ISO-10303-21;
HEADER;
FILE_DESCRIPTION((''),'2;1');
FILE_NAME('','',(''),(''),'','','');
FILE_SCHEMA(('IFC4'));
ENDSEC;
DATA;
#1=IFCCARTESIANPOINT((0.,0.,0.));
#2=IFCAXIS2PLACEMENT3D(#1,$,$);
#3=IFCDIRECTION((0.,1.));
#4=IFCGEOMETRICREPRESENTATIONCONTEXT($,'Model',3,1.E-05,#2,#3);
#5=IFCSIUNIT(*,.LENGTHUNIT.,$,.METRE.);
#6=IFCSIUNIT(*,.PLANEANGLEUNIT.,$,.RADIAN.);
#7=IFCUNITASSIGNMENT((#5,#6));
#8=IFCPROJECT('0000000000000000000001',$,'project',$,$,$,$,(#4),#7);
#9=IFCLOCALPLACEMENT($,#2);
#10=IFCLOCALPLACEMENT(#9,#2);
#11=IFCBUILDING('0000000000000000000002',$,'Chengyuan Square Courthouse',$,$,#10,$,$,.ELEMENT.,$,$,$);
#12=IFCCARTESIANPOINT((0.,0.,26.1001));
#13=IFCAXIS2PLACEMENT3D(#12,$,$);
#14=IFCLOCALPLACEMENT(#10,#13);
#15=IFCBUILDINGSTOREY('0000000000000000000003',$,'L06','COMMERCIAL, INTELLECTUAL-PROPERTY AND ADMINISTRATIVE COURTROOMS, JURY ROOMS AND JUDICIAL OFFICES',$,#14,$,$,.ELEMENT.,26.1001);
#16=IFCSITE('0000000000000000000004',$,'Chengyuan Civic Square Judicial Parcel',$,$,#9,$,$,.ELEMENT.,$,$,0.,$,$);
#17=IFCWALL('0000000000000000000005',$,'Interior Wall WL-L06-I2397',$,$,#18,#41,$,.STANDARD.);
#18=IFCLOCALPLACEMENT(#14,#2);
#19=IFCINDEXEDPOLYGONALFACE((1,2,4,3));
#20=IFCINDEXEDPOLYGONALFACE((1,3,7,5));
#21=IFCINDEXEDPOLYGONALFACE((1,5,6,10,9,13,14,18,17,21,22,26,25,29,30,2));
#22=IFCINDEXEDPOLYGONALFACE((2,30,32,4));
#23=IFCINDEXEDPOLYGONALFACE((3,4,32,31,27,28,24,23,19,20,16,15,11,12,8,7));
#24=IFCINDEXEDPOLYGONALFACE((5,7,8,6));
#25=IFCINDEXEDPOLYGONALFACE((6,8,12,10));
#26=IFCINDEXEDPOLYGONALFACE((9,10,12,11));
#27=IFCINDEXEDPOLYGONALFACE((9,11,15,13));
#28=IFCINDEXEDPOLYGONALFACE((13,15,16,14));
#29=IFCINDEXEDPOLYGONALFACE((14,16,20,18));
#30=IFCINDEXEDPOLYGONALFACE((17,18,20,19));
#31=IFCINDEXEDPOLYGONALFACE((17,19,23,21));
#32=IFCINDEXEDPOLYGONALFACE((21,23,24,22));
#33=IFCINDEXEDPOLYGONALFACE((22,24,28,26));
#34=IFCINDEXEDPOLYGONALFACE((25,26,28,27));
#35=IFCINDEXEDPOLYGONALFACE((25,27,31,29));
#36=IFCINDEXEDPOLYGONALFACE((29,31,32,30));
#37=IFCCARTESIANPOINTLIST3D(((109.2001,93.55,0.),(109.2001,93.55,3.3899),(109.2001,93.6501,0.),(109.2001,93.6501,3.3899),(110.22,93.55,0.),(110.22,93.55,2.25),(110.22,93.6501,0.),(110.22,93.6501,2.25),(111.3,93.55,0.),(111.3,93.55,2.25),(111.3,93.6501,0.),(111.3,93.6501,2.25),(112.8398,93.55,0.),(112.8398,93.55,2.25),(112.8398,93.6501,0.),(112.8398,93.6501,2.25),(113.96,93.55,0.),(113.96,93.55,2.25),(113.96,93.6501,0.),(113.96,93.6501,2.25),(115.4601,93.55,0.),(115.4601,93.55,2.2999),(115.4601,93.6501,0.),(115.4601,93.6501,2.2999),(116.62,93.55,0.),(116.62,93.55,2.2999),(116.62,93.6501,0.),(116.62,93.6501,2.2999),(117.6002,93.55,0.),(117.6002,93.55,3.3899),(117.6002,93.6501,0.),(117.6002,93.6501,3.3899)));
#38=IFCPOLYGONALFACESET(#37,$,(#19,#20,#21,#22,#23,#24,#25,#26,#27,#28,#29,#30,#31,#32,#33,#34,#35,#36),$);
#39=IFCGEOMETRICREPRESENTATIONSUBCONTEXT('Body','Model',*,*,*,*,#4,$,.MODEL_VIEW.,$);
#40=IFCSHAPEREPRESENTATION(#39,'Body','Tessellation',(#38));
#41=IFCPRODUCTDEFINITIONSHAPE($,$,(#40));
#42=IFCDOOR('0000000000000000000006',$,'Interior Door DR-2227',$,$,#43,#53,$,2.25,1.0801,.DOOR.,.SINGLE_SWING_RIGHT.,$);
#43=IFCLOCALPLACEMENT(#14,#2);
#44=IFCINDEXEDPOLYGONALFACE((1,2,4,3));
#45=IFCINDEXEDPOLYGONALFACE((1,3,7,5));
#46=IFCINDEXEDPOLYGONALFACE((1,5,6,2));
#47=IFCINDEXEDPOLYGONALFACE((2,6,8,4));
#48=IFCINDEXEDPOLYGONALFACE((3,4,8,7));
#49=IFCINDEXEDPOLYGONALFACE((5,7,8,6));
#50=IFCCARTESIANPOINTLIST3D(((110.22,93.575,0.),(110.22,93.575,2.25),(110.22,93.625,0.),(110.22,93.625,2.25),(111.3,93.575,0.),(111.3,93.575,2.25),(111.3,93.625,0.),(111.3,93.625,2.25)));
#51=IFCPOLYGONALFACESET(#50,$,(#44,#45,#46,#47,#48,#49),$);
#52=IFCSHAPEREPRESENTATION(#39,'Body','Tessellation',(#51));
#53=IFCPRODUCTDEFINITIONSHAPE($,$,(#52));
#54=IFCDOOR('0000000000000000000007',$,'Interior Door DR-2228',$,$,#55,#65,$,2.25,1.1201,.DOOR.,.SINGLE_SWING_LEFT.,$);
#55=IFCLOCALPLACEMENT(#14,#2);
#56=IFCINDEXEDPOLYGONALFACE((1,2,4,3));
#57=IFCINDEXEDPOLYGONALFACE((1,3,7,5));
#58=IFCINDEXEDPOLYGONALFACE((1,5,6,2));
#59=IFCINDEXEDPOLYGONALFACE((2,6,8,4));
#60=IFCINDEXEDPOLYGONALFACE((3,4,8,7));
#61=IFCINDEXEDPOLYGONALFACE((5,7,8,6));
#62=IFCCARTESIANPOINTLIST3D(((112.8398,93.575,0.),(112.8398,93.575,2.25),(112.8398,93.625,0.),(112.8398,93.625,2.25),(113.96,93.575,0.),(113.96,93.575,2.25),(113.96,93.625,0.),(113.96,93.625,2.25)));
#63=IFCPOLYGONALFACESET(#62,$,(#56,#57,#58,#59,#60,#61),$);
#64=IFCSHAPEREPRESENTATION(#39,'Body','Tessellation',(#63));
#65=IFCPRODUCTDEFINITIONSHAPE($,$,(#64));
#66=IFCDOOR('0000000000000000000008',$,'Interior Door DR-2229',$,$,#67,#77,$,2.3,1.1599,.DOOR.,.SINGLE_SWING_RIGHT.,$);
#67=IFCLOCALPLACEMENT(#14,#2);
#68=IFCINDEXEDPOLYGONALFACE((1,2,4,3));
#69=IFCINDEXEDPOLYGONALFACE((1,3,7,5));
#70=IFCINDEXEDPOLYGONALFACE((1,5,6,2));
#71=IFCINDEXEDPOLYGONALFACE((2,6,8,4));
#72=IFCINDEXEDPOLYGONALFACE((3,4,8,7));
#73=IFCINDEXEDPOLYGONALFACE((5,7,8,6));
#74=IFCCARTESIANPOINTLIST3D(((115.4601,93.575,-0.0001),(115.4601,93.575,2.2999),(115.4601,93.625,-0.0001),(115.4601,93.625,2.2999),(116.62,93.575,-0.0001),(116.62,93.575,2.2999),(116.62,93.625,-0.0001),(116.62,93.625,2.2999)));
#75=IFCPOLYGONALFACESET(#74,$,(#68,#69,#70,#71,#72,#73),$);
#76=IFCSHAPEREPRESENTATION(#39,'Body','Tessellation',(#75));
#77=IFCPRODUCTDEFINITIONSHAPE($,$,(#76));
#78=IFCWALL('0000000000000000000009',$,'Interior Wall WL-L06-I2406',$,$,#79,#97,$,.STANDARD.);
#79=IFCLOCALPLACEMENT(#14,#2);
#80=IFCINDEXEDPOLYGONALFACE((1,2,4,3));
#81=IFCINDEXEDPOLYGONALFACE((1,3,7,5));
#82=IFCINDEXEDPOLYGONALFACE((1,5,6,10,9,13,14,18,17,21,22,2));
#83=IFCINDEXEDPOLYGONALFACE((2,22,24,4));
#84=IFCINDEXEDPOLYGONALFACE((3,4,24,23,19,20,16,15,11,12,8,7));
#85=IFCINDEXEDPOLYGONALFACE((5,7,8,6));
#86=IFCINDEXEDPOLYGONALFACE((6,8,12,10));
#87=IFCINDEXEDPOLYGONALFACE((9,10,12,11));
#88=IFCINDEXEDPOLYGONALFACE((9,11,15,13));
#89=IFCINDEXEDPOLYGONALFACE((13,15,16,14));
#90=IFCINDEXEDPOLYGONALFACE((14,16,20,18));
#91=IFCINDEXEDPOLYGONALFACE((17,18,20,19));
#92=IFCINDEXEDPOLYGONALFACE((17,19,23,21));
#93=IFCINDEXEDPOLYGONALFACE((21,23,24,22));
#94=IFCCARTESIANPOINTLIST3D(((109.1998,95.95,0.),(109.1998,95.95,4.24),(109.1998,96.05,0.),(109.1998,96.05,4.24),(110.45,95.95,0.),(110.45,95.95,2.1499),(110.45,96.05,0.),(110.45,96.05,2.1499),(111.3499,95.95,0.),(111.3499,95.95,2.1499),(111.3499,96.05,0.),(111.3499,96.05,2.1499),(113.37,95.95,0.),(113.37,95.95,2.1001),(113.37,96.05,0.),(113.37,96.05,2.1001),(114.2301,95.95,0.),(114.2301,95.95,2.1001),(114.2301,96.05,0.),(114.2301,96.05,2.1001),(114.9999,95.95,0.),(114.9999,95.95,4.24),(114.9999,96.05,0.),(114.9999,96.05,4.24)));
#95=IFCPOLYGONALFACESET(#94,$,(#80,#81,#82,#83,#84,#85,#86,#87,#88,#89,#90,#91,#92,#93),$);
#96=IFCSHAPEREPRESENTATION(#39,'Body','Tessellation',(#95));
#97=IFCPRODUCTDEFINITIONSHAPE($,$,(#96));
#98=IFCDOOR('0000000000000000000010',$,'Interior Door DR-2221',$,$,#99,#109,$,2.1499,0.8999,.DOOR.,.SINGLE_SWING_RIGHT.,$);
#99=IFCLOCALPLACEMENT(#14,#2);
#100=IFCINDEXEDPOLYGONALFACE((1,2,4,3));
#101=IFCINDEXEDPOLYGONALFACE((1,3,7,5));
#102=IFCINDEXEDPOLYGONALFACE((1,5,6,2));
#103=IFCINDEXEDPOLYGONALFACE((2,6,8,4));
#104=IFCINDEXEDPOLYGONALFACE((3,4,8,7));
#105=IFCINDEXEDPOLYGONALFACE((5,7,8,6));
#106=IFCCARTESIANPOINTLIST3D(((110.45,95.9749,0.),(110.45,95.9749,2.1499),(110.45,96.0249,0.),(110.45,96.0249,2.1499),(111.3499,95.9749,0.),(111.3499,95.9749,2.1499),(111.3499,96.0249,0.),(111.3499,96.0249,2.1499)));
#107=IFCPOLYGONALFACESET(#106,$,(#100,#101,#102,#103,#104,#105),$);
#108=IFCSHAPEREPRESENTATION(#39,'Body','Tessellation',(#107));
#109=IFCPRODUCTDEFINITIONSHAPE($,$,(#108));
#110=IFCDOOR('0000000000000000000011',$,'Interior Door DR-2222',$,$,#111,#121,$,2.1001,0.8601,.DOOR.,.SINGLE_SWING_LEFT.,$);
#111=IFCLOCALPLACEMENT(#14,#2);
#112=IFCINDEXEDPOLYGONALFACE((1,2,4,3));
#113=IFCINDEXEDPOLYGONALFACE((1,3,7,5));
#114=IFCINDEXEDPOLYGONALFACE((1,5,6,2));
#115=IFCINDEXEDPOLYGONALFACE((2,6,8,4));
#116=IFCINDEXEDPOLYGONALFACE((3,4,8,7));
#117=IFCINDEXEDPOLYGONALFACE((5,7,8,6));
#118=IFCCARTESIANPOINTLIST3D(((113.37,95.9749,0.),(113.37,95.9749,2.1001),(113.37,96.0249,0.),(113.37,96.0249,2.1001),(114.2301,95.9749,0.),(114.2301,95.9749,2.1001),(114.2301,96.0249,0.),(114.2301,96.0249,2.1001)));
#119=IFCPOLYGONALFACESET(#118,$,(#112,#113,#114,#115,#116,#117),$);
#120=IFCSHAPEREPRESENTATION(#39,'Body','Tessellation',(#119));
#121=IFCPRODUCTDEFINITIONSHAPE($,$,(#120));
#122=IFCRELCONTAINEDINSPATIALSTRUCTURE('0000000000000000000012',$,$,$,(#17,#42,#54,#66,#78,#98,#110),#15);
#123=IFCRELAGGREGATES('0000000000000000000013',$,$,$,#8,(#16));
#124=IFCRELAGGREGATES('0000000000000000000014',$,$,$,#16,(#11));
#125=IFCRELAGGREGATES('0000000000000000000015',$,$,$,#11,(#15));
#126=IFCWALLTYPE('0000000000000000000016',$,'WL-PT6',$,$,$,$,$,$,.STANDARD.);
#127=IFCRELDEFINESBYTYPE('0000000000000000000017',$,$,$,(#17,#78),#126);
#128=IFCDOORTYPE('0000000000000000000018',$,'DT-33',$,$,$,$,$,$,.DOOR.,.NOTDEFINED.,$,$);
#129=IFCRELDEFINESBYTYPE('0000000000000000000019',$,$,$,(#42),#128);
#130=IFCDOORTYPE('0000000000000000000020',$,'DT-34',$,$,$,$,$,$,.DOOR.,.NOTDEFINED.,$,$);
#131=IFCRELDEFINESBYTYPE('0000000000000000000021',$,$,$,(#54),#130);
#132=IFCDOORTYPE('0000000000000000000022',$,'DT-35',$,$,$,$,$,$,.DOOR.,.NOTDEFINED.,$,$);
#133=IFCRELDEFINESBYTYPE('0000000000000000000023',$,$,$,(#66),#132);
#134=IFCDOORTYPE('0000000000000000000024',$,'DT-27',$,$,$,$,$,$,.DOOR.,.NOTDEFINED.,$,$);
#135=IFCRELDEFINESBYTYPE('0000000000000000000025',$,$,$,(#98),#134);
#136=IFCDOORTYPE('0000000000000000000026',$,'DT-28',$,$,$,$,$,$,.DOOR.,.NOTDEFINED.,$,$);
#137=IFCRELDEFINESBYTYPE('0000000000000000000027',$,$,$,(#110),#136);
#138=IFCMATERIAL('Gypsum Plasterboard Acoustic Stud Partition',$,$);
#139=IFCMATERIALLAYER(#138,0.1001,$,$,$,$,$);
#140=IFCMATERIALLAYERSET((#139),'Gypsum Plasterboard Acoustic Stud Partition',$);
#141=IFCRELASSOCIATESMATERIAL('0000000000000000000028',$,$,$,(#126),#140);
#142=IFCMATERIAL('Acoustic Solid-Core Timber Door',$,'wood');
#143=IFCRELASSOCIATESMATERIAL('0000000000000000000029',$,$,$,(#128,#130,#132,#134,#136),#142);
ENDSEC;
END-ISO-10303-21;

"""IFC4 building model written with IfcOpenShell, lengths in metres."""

from ifc_helpers import new_model, si_unit, direction, frame, frame_2d, origin, place, context, subcontext, project, spatial, rectangle, extrude, material, layer, layer_set, type_object, element, fill, save


model = new_model("IFC4")

# Units and contexts
model_context = context("Model", 3, precision=1e-05, world=origin(), true_north=direction((0.0, 1.0)))
body_context = subcontext(model_context, "Body", "Model", "MODEL_VIEW")
ifc_project = project(units=[si_unit("LENGTHUNIT", "METRE"), si_unit("PLANEANGLEUNIT", "RADIAN")], contexts=[model_context])

# Site, building, storey
site_placement = place(None, origin())
site = spatial("IfcSite", under=ifc_project, at=site_placement, Name="Chengyuan Civic Square Judicial Parcel", CompositionType="ELEMENT", RefElevation=0.0)
building_placement = place(site_placement, origin())
building = spatial("IfcBuilding", under=site, at=building_placement, Name="Chengyuan Square Courthouse", CompositionType="ELEMENT")
storey_placement = place(building_placement, frame((0.0, 0.0, 26.1001)))
storey = spatial("IfcBuildingStorey", under=building, at=storey_placement, Name="L06", Description="COMMERCIAL, INTELLECTUAL-PROPERTY AND ADMINISTRATIVE COURTROOMS, JURY ROOMS AND JUDICIAL OFFICES", CompositionType="ELEMENT", Elevation=26.1001)

# Walls, openings, doors
ifc_material_1 = material(Name="Gypsum Plasterboard Acoustic Stud Partition")
ifc_layer_1 = layer(ifc_material_1, 0.1001)
ifc_layer_set_1 = layer_set([ifc_layer_1], Name="Gypsum Plasterboard Acoustic Stud Partition")
wall_type_1 = type_object("IfcWallType", Name="WL-PT6", PredefinedType="STANDARD", material=ifc_layer_set_1)
wall_1_placement = place(storey_placement, frame((109.2, 93.6001, 0.0), z_axis=(0.0, 0.0, 1.0), x_axis=(1.0, 0.0, 0.0)))
wall_1 = element("IfcWall", 1, at=wall_1_placement, inside=storey, type_object=wall_type_1, Name="Interior Wall WL-L06-I2397", PredefinedType="STANDARD", context=body_context, shape_type="SweptSolid", body=[
    extrude(rectangle(XDim=8.4001, YDim=0.1001, at=frame_2d((4.2002, 0.0))), origin(), (0.0, 0.0, 1.0), 3.3899),
])
opening_1_placement = place(wall_1_placement, frame((1.02, 0.0, 0.0)))
opening_1 = element("IfcOpeningElement", 2, at=opening_1_placement, cuts=wall_1, PredefinedType="OPENING", context=body_context, shape_type="SweptSolid", body=[
    extrude(rectangle(XDim=1.0801, YDim=2.25, at=frame_2d((0.54, 1.125))), frame((0.0, 0.062, 0.0), z_axis=(0.0, -1.0, 0.0), x_axis=(1.0, 0.0, 0.0)), (0.0, 0.0, 1.0), 0.124),
])
opening_2_placement = place(wall_1_placement, frame((3.6399, 0.0, 0.0)))
opening_2 = element("IfcOpeningElement", 3, at=opening_2_placement, cuts=wall_1, PredefinedType="OPENING", context=body_context, shape_type="SweptSolid", body=[
    extrude(rectangle(XDim=1.1201, YDim=2.25, at=frame_2d((0.5601, 1.125))), frame((0.0, 0.062, 0.0), z_axis=(0.0, -1.0, 0.0), x_axis=(1.0, 0.0, 0.0)), (0.0, 0.0, 1.0), 0.124),
])
opening_3_placement = place(wall_1_placement, frame((6.26, 0.0, 0.0)))
opening_3 = element("IfcOpeningElement", 4, at=opening_3_placement, cuts=wall_1, PredefinedType="OPENING", context=body_context, shape_type="SweptSolid", body=[
    extrude(rectangle(XDim=1.1599, YDim=2.3, at=frame_2d((0.5801, 1.1499))), frame((0.0, 0.062, 0.0), z_axis=(0.0, -1.0, 0.0), x_axis=(1.0, 0.0, 0.0)), (0.0, 0.0, 1.0), 0.124),
])
ifc_material_2 = material(Name="Acoustic Solid-Core Timber Door", Category="wood")
door_type_1 = type_object("IfcDoorType", Name="DT-33", OperationType="NOTDEFINED", PredefinedType="DOOR", material=ifc_material_2)
door_1_placement = place(opening_1_placement, origin())
door_1 = element("IfcDoor", 5, at=door_1_placement, inside=storey, type_object=door_type_1, Name="Interior Door DR-2227", OperationType="SINGLE_SWING_RIGHT", OverallHeight=2.25, OverallWidth=1.0801, PredefinedType="DOOR", context=body_context, shape_type="SweptSolid", body=[
    extrude(rectangle(XDim=1.0801, YDim=2.25, at=frame_2d((0.54, 1.125))), frame((0.0, 0.0249, 0.0), z_axis=(0.0, -1.0, 0.0), x_axis=(1.0, 0.0, 0.0)), (0.0, 0.0, 1.0), 0.05),
])
fill(opening_1, door_1)
door_type_2 = type_object("IfcDoorType", Name="DT-34", OperationType="NOTDEFINED", PredefinedType="DOOR", material=ifc_material_2)
door_2_placement = place(opening_2_placement, origin())
door_2 = element("IfcDoor", 6, at=door_2_placement, inside=storey, type_object=door_type_2, Name="Interior Door DR-2228", OperationType="SINGLE_SWING_LEFT", OverallHeight=2.25, OverallWidth=1.1201, PredefinedType="DOOR", context=body_context, shape_type="SweptSolid", body=[
    extrude(rectangle(XDim=1.1201, YDim=2.25, at=frame_2d((0.5601, 1.125))), frame((0.0, 0.0249, 0.0), z_axis=(0.0, -1.0, 0.0), x_axis=(1.0, 0.0, 0.0)), (0.0, 0.0, 1.0), 0.05),
])
fill(opening_2, door_2)
door_type_3 = type_object("IfcDoorType", Name="DT-35", OperationType="NOTDEFINED", PredefinedType="DOOR", material=ifc_material_2)
door_3_placement = place(opening_3_placement, origin())
door_3 = element("IfcDoor", 7, at=door_3_placement, inside=storey, type_object=door_type_3, Name="Interior Door DR-2229", OperationType="SINGLE_SWING_RIGHT", OverallHeight=2.3, OverallWidth=1.1599, PredefinedType="DOOR", context=body_context, shape_type="SweptSolid", body=[
    extrude(rectangle(XDim=1.1599, YDim=2.3, at=frame_2d((0.5801, 1.1499))), frame((0.0, 0.0249, 0.0), z_axis=(0.0, -1.0, 0.0), x_axis=(1.0, 0.0, 0.0)), (0.0, 0.0, 1.0), 0.05),
])
fill(opening_3, door_3)
wall_2_placement = place(storey_placement, frame((109.2, 96.0, 0.0), z_axis=(0.0, 0.0, 1.0), x_axis=(1.0, 0.0, 0.0)))
wall_2 = element("IfcWall", 8, at=wall_2_placement, inside=storey, type_object=wall_type_1, Name="Interior Wall WL-L06-I2406", PredefinedType="STANDARD", context=body_context, shape_type="SweptSolid", body=[
    extrude(rectangle(XDim=5.8, YDim=0.1001, at=frame_2d((2.8999, 0.0))), origin(), (0.0, 0.0, 1.0), 4.24),
])
opening_4_placement = place(wall_2_placement, frame((1.25, 0.0, 0.0)))
opening_4 = element("IfcOpeningElement", 9, at=opening_4_placement, cuts=wall_2, PredefinedType="OPENING", context=body_context, shape_type="SweptSolid", body=[
    extrude(rectangle(XDim=0.8999, YDim=2.1499, at=frame_2d((0.45, 1.075))), frame((0.0, 0.062, 0.0), z_axis=(0.0, -1.0, 0.0), x_axis=(1.0, 0.0, 0.0)), (0.0, 0.0, 1.0), 0.124),
])
opening_5_placement = place(wall_2_placement, frame((4.1699, 0.0, 0.0)))
opening_5 = element("IfcOpeningElement", 10, at=opening_5_placement, cuts=wall_2, PredefinedType="OPENING", context=body_context, shape_type="SweptSolid", body=[
    extrude(rectangle(XDim=0.8601, YDim=2.1001, at=frame_2d((0.4302, 1.05))), frame((0.0, 0.062, 0.0), z_axis=(0.0, -1.0, 0.0), x_axis=(1.0, 0.0, 0.0)), (0.0, 0.0, 1.0), 0.124),
])
door_type_4 = type_object("IfcDoorType", Name="DT-27", OperationType="NOTDEFINED", PredefinedType="DOOR", material=ifc_material_2)
door_4_placement = place(opening_4_placement, origin())
door_4 = element("IfcDoor", 11, at=door_4_placement, inside=storey, type_object=door_type_4, Name="Interior Door DR-2221", OperationType="SINGLE_SWING_RIGHT", OverallHeight=2.1499, OverallWidth=0.8999, PredefinedType="DOOR", context=body_context, shape_type="SweptSolid", body=[
    extrude(rectangle(XDim=0.8999, YDim=2.1499, at=frame_2d((0.45, 1.075))), frame((0.0, 0.0249, 0.0), z_axis=(0.0, -1.0, 0.0), x_axis=(1.0, 0.0, 0.0)), (0.0, 0.0, 1.0), 0.05),
])
fill(opening_4, door_4)
door_type_5 = type_object("IfcDoorType", Name="DT-28", OperationType="NOTDEFINED", PredefinedType="DOOR", material=ifc_material_2)
door_5_placement = place(opening_5_placement, origin())
door_5 = element("IfcDoor", 12, at=door_5_placement, inside=storey, type_object=door_type_5, Name="Interior Door DR-2222", OperationType="SINGLE_SWING_LEFT", OverallHeight=2.1001, OverallWidth=0.8601, PredefinedType="DOOR", context=body_context, shape_type="SweptSolid", body=[
    extrude(rectangle(XDim=0.8601, YDim=2.1001, at=frame_2d((0.4302, 1.05))), frame((0.0, 0.0249, 0.0), z_axis=(0.0, -1.0, 0.0), x_axis=(1.0, 0.0, 0.0)), (0.0, 0.0, 1.0), 0.05),
])
fill(opening_5, door_5)

save(model, "model.ifc")
